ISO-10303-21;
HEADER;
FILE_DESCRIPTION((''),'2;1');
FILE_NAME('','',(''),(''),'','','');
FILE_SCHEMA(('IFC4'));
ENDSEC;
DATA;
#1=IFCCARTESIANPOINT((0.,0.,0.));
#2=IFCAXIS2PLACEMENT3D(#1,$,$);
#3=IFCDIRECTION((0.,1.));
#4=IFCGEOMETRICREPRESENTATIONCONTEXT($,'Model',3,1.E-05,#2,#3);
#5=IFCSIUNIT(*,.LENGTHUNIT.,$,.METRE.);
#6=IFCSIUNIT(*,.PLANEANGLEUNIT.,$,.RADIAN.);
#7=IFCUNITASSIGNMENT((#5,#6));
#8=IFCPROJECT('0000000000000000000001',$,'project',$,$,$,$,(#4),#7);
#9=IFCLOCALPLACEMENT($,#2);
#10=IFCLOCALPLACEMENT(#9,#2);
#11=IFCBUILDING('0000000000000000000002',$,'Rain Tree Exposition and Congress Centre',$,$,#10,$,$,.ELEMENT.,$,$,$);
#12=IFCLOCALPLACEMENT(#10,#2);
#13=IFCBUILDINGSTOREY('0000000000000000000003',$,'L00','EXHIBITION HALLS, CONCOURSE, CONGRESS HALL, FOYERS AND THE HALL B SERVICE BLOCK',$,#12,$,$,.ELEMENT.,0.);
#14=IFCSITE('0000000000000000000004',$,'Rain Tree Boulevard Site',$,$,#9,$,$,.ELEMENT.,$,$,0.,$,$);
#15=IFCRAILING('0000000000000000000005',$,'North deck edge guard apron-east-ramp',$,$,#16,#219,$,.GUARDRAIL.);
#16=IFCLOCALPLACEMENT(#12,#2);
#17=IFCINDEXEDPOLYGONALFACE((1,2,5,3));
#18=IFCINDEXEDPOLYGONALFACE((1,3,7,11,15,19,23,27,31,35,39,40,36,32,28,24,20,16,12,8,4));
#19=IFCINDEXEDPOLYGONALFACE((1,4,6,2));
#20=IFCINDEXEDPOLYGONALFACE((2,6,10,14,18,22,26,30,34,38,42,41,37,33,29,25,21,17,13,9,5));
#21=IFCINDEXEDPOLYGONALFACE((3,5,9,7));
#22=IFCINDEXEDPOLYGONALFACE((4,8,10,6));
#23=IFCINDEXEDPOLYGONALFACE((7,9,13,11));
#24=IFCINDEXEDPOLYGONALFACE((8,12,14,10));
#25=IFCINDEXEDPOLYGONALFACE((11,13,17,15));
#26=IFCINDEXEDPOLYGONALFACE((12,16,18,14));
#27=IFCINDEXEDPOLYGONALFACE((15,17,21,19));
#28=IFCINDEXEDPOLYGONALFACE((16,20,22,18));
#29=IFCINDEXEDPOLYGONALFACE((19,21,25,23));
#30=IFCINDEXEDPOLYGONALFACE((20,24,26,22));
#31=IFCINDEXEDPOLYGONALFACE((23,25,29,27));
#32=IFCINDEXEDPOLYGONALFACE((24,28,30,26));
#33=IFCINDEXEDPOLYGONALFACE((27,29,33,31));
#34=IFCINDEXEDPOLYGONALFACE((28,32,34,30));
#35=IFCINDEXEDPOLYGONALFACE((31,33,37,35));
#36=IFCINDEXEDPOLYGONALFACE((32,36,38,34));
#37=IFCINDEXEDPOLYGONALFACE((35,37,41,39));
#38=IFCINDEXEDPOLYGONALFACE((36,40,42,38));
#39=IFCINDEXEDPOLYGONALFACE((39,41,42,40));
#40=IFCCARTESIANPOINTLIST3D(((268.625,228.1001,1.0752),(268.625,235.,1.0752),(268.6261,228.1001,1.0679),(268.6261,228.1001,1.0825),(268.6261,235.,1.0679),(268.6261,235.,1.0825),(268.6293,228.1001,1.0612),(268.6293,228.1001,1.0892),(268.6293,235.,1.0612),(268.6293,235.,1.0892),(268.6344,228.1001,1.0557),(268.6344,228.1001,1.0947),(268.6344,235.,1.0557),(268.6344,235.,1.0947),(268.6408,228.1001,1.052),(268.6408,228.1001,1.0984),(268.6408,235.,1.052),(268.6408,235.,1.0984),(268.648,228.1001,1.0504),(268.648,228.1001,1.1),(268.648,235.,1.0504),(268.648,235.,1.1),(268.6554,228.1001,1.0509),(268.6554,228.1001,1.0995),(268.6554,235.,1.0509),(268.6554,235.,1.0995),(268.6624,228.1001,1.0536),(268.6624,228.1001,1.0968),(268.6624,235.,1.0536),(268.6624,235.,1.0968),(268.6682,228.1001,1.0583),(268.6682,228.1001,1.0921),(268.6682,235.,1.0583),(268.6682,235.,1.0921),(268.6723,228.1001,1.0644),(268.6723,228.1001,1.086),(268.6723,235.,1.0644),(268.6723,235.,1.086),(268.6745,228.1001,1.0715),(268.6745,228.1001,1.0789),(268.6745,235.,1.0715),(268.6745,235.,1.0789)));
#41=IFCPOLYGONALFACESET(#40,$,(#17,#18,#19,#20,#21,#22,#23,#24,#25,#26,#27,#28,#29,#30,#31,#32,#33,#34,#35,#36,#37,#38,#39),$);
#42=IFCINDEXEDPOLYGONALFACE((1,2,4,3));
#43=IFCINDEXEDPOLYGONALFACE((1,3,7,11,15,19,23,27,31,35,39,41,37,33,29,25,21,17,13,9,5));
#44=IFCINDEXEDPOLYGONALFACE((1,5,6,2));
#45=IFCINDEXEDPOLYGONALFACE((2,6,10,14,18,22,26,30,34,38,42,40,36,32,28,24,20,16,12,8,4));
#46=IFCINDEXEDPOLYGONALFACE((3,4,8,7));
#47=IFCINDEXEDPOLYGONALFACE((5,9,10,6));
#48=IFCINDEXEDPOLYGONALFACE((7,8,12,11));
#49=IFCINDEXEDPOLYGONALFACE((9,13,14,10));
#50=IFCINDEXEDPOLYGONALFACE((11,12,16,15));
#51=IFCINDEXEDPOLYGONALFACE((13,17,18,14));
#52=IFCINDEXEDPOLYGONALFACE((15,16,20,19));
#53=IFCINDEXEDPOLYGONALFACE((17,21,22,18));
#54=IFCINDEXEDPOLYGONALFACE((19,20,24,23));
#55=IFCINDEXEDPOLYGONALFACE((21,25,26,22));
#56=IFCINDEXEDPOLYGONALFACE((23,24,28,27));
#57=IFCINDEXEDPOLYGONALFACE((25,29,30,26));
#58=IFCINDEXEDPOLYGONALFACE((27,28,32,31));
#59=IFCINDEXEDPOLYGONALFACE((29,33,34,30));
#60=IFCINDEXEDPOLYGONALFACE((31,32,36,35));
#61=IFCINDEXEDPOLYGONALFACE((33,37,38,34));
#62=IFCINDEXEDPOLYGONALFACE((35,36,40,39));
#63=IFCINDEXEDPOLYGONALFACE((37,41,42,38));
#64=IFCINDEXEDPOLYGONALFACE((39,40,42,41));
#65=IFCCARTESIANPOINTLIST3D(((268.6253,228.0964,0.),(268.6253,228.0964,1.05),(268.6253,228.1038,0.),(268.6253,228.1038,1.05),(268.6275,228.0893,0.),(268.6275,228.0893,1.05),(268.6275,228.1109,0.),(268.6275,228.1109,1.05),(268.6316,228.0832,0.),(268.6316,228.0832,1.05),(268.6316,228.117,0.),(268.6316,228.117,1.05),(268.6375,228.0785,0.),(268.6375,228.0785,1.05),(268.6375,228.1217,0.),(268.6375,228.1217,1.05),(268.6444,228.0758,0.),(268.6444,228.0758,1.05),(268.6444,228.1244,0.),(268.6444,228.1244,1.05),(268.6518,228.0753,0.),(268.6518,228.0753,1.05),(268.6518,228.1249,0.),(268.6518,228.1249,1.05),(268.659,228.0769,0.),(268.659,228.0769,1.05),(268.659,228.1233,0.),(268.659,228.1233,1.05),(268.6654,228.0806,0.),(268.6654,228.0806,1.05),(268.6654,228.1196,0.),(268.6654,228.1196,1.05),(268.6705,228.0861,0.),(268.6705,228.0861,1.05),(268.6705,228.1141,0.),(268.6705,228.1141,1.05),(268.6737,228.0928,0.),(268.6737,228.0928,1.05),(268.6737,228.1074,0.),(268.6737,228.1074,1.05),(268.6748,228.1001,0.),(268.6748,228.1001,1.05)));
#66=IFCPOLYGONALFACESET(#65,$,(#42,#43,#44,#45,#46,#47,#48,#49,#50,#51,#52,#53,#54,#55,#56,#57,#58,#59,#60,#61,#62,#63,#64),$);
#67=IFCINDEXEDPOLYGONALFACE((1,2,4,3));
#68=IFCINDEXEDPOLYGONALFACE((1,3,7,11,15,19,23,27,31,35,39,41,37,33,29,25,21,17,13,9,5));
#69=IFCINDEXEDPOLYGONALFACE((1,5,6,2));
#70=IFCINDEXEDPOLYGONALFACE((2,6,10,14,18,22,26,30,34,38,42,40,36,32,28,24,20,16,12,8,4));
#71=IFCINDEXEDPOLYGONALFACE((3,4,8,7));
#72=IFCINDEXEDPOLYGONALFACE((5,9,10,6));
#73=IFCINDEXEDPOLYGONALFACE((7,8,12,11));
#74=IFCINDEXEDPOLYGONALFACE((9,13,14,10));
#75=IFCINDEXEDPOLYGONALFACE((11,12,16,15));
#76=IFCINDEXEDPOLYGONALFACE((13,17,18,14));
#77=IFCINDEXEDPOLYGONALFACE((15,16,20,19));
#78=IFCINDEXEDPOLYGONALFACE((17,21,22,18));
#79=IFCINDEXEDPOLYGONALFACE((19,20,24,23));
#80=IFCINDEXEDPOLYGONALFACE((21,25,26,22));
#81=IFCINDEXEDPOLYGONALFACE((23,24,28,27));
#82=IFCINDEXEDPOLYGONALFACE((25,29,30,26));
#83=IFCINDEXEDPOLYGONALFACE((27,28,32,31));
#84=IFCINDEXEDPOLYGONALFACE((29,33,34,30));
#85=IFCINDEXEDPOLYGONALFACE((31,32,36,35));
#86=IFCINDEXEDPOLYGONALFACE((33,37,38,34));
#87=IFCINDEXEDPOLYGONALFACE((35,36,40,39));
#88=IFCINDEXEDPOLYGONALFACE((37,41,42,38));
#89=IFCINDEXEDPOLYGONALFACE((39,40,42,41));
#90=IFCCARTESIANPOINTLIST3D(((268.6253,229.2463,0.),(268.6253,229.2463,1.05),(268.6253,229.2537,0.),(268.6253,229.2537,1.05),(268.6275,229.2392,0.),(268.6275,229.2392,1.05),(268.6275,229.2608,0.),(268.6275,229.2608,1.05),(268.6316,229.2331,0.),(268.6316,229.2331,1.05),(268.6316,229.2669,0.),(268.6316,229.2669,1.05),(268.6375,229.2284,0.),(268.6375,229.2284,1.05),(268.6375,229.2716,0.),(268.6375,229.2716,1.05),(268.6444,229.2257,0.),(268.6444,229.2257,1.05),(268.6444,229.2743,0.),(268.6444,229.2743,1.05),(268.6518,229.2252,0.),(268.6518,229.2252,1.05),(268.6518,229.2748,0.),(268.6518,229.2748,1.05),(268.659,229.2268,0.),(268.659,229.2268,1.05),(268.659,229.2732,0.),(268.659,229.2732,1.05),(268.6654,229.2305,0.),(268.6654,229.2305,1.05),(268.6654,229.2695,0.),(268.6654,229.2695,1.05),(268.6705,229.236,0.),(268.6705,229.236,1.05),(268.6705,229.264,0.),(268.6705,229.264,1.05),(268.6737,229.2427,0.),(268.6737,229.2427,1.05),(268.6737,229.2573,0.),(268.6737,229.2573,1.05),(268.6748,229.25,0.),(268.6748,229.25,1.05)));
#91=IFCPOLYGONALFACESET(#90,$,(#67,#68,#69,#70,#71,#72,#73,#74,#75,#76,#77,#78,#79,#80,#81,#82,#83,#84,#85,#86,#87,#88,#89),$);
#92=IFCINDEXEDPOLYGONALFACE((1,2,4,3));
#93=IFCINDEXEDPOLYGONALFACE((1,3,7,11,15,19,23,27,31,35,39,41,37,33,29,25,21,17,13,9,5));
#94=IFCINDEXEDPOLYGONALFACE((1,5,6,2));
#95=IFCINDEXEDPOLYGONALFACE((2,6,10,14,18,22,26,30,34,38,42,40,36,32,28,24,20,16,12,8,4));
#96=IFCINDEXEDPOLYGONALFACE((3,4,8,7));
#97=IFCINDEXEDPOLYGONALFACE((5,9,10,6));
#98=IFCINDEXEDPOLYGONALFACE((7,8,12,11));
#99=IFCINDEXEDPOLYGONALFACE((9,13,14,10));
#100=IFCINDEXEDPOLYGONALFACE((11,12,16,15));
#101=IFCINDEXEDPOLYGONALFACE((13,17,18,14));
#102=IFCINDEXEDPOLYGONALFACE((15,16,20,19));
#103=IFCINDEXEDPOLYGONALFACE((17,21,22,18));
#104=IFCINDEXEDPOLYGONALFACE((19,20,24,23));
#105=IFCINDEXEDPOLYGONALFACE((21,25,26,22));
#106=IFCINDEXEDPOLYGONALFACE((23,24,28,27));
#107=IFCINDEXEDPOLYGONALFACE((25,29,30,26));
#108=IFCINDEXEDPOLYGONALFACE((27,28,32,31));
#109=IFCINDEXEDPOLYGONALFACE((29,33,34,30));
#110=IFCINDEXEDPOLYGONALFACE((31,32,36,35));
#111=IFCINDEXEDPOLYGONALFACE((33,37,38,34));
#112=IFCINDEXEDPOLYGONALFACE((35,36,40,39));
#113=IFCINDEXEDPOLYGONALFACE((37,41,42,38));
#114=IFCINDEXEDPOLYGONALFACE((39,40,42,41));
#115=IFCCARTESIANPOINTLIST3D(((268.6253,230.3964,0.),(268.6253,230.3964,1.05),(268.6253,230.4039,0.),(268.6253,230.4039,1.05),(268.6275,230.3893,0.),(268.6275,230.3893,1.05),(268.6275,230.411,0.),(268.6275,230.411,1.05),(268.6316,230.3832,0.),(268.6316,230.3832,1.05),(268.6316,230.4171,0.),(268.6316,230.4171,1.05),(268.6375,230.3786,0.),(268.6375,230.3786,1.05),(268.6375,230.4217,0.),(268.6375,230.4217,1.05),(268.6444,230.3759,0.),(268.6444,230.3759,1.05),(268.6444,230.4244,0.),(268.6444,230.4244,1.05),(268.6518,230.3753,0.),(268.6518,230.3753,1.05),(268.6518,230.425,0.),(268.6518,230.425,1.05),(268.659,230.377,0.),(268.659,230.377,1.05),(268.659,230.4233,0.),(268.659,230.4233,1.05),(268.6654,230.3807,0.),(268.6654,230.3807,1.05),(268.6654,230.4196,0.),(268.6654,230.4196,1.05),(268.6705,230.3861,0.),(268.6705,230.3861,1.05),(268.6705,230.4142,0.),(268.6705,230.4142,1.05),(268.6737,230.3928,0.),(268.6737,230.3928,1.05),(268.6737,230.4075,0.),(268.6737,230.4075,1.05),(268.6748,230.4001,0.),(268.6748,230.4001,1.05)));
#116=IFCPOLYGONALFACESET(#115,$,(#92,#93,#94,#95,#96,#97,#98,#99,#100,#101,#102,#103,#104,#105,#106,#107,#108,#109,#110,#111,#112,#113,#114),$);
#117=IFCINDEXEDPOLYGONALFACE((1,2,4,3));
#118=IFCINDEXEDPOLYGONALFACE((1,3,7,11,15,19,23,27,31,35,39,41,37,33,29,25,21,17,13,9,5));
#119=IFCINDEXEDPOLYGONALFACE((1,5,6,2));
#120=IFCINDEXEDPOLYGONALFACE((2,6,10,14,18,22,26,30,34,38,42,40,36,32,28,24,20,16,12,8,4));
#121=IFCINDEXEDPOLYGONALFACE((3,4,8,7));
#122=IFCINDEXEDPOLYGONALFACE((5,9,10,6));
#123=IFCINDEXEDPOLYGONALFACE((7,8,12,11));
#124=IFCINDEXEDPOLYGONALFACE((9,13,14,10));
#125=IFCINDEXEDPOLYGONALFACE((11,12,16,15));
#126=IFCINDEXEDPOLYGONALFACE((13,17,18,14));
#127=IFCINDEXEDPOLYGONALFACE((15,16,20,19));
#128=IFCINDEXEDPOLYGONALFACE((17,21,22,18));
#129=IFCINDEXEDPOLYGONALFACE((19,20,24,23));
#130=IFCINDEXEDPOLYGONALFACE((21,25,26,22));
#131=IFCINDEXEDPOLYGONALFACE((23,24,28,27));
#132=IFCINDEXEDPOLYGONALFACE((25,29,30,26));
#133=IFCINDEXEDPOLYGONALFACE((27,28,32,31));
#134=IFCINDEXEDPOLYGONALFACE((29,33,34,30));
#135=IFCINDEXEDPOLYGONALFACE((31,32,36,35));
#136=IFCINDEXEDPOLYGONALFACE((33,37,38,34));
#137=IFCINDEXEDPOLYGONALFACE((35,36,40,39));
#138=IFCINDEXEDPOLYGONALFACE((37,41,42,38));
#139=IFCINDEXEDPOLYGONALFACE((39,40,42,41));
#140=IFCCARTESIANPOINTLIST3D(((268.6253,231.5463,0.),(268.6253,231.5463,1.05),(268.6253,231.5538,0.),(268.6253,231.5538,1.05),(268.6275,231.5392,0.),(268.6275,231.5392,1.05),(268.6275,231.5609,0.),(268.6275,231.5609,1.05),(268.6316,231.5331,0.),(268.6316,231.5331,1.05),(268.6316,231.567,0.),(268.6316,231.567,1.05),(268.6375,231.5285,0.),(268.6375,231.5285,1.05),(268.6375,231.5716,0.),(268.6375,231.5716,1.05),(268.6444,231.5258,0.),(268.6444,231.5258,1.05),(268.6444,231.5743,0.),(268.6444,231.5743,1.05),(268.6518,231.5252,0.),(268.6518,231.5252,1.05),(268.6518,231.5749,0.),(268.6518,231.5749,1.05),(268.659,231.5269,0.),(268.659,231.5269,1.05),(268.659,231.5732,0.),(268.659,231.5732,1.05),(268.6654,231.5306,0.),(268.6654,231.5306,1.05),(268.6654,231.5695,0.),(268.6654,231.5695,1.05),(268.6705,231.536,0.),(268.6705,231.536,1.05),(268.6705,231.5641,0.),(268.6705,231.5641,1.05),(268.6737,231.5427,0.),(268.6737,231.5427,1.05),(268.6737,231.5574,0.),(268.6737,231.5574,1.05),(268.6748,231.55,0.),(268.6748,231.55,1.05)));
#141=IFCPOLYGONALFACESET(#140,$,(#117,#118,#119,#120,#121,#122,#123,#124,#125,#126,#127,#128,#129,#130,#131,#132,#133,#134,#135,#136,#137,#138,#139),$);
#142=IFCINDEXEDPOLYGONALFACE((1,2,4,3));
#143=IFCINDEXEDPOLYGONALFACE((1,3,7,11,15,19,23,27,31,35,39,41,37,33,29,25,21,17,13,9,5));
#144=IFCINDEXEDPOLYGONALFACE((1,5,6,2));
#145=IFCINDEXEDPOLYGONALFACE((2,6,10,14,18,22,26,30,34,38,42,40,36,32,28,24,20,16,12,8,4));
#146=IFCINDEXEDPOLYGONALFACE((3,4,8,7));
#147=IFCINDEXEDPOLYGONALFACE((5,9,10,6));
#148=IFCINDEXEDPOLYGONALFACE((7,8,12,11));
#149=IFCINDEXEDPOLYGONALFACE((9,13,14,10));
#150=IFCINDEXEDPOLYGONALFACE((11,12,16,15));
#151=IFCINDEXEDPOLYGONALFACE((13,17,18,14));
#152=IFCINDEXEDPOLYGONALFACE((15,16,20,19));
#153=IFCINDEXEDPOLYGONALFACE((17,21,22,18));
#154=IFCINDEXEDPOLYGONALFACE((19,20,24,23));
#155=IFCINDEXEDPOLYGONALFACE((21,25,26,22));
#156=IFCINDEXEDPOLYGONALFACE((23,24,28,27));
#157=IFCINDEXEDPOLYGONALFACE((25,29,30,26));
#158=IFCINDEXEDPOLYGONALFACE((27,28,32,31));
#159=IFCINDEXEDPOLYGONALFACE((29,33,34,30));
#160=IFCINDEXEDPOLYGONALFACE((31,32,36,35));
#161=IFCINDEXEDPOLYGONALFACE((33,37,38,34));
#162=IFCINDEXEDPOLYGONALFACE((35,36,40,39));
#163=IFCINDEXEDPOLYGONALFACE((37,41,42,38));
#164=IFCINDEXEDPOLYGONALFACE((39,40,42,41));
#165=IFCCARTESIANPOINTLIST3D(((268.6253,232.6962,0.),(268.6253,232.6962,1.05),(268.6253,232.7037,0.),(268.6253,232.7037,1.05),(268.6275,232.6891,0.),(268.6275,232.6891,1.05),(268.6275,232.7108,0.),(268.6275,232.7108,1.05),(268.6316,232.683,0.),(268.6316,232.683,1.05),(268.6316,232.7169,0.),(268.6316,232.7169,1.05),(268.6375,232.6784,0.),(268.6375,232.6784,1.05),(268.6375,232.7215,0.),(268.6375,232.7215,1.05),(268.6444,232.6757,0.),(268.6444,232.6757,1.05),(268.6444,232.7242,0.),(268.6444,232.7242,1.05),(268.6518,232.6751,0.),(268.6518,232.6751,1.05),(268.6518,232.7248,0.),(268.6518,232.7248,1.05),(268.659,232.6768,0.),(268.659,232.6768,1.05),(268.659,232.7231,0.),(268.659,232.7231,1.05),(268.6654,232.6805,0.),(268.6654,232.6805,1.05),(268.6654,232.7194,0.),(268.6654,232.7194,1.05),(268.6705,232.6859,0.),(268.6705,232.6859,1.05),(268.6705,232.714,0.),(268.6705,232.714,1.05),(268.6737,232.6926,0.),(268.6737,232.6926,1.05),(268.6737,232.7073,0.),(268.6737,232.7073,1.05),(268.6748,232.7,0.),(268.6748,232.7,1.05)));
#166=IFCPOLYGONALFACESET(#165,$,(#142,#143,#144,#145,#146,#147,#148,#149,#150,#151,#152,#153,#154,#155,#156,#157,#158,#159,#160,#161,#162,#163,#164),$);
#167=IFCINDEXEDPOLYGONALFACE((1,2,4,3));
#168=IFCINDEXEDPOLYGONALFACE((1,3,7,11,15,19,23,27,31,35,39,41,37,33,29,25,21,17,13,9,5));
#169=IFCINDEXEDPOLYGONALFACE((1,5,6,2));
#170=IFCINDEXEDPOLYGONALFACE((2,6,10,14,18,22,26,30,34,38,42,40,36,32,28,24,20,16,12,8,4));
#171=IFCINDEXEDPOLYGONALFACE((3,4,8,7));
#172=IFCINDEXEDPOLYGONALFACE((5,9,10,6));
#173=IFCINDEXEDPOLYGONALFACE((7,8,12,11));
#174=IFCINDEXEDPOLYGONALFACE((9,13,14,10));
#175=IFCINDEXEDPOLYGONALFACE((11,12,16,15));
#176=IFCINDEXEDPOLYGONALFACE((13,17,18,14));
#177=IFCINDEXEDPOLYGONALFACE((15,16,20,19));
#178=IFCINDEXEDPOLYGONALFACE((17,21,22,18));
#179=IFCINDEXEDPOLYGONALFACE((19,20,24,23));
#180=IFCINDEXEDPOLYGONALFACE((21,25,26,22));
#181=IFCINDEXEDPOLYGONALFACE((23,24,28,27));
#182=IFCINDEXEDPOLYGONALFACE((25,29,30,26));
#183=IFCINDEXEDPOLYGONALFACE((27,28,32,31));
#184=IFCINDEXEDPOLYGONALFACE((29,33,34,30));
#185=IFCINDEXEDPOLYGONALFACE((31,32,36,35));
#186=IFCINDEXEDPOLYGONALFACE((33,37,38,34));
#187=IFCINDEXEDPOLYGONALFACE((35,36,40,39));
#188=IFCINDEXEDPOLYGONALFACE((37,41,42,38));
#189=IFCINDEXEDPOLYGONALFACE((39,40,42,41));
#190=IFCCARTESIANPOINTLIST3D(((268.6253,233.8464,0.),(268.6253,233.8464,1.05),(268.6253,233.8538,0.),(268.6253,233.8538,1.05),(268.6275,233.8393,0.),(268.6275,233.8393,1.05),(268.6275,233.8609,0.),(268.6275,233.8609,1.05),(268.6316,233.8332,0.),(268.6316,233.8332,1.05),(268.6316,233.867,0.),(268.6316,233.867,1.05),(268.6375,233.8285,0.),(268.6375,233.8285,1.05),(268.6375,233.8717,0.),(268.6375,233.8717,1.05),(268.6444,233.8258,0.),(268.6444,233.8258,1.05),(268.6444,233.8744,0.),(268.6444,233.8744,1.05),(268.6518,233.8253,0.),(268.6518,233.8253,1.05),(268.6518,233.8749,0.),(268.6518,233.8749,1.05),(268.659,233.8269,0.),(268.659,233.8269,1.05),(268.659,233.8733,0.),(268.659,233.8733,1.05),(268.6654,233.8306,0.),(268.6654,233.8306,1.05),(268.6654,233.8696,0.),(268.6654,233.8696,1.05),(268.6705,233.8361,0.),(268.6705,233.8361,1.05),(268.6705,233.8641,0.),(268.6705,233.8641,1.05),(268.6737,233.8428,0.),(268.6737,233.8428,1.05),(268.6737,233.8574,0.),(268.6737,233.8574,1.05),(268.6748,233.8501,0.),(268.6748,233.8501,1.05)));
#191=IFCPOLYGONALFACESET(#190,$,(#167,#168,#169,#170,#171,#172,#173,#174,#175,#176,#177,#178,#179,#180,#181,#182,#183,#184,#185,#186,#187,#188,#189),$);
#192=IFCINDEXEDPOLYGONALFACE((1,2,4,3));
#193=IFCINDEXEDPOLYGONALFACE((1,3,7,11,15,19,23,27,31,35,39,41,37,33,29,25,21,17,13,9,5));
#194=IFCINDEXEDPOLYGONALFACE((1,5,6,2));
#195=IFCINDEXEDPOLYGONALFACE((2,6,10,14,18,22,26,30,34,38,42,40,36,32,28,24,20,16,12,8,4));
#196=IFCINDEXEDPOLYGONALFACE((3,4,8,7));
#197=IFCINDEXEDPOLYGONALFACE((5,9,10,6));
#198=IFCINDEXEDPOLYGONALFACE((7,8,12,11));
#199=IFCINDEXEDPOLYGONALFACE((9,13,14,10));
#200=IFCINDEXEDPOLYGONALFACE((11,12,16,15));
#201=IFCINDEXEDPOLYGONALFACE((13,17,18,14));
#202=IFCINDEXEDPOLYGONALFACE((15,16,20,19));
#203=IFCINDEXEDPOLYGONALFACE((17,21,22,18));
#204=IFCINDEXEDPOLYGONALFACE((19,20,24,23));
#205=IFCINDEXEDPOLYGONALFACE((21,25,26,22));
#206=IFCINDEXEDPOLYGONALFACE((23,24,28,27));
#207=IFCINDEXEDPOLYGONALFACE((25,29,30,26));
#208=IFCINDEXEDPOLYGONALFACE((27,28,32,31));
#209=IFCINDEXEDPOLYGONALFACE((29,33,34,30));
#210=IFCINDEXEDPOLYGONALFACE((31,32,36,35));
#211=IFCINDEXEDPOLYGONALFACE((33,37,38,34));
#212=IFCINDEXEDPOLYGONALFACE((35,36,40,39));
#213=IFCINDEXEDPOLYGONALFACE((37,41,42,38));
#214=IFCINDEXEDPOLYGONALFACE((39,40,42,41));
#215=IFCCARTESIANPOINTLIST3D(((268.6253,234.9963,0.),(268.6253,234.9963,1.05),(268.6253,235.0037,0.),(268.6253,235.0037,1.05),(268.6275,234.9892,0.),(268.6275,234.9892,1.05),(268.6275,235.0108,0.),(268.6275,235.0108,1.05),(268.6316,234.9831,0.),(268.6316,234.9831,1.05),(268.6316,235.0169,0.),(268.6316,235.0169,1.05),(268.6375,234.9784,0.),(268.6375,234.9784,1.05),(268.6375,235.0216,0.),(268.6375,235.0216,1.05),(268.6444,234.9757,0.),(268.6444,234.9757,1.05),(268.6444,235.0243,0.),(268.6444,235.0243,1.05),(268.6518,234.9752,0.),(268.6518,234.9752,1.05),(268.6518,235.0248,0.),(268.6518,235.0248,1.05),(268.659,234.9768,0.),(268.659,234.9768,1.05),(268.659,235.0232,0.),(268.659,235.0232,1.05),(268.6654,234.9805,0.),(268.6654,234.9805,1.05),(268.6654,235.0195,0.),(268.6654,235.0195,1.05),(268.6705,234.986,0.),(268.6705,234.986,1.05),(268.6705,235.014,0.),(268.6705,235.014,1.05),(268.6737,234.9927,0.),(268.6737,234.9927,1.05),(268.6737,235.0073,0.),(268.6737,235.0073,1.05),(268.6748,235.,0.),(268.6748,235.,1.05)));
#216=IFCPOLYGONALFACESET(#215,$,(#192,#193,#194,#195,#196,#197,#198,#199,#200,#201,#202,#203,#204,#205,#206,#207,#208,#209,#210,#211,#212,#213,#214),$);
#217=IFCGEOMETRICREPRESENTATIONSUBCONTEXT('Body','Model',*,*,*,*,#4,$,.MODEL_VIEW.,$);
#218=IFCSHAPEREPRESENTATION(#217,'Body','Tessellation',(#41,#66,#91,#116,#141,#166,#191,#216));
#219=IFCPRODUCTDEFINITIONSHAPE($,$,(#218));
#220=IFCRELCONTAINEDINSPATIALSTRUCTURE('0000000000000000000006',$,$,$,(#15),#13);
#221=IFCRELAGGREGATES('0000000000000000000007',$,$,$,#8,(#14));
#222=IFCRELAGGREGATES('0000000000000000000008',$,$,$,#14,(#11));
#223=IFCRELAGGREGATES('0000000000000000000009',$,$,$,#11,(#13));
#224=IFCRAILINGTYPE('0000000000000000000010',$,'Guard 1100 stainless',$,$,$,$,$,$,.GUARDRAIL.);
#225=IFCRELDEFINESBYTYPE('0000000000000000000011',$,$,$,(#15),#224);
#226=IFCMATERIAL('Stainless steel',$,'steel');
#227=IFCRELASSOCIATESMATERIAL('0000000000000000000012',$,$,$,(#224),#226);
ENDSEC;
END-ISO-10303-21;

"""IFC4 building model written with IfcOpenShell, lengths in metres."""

from ifc_helpers import new_model, si_unit, direction, frame, origin, origin_2d, place, context, subcontext, project, spatial, circle, extrude, material, type_object, element, save


model = new_model("IFC4")

# Units and contexts
model_context = context("Model", 3, precision=1e-05, world=origin(), true_north=direction((0.0, 1.0)))
body_context = subcontext(model_context, "Body", "Model", "MODEL_VIEW")
ifc_project = project(units=[si_unit("LENGTHUNIT", "METRE"), si_unit("PLANEANGLEUNIT", "RADIAN")], contexts=[model_context])

# Site, building, storey
site_placement = place(None, origin())
site = spatial("IfcSite", under=ifc_project, at=site_placement, Name="Rain Tree Boulevard Site", CompositionType="ELEMENT", RefElevation=0.0)
building_placement = place(site_placement, origin())
building = spatial("IfcBuilding", under=site, at=building_placement, Name="Rain Tree Exposition and Congress Centre", CompositionType="ELEMENT")
storey_placement = place(building_placement, origin())
storey = spatial("IfcBuildingStorey", under=building, at=storey_placement, Name="L00", Description="EXHIBITION HALLS, CONCOURSE, CONGRESS HALL, FOYERS AND THE HALL B SERVICE BLOCK", CompositionType="ELEMENT", Elevation=0.0)

# Railing
ifc_material_1 = material(Name="Stainless steel", Category="steel")
railing_type = type_object("IfcRailingType", Name="Guard 1100 stainless", PredefinedType="GUARDRAIL", material=ifc_material_1)
railing_placement = place(storey_placement, frame((268.6499, 228.1001, 0.0)))
element("IfcRailing", 1, at=railing_placement, inside=storey, type_object=railing_type, Name="North deck edge guard apron-east-ramp", PredefinedType="GUARDRAIL", context=body_context, shape_type="SweptSolid", body=[
    extrude(circle(Radius=0.0249, at=origin_2d()), frame((0.0, 0.0, 1.0752), z_axis=(0.0, 1.0, 0.0), x_axis=(-1.0, 0.0, 0.0)), (0.0, 0.0, 1.0), 6.8999),
    extrude(circle(Radius=0.0249, at=origin_2d()), origin(), (0.0, 0.0, 1.0), 1.05),
    extrude(circle(Radius=0.0249, at=origin_2d()), frame((0.0, 1.1499, 0.0)), (0.0, 0.0, 1.0), 1.05),
    extrude(circle(Radius=0.0249, at=origin_2d()), frame((0.0, 2.3, 0.0)), (0.0, 0.0, 1.0), 1.05),
    extrude(circle(Radius=0.0249, at=origin_2d()), frame((0.0, 3.45, 0.0)), (0.0, 0.0, 1.0), 1.05),
    extrude(circle(Radius=0.0249, at=origin_2d()), frame((0.0, 4.5999, 0.0)), (0.0, 0.0, 1.0), 1.05),
    extrude(circle(Radius=0.0249, at=origin_2d()), frame((0.0, 5.75, 0.0)), (0.0, 0.0, 1.0), 1.05),
    extrude(circle(Radius=0.0249, at=origin_2d()), frame((0.0, 6.8999, 0.0)), (0.0, 0.0, 1.0), 1.05),
])

save(model, "model.ifc")
